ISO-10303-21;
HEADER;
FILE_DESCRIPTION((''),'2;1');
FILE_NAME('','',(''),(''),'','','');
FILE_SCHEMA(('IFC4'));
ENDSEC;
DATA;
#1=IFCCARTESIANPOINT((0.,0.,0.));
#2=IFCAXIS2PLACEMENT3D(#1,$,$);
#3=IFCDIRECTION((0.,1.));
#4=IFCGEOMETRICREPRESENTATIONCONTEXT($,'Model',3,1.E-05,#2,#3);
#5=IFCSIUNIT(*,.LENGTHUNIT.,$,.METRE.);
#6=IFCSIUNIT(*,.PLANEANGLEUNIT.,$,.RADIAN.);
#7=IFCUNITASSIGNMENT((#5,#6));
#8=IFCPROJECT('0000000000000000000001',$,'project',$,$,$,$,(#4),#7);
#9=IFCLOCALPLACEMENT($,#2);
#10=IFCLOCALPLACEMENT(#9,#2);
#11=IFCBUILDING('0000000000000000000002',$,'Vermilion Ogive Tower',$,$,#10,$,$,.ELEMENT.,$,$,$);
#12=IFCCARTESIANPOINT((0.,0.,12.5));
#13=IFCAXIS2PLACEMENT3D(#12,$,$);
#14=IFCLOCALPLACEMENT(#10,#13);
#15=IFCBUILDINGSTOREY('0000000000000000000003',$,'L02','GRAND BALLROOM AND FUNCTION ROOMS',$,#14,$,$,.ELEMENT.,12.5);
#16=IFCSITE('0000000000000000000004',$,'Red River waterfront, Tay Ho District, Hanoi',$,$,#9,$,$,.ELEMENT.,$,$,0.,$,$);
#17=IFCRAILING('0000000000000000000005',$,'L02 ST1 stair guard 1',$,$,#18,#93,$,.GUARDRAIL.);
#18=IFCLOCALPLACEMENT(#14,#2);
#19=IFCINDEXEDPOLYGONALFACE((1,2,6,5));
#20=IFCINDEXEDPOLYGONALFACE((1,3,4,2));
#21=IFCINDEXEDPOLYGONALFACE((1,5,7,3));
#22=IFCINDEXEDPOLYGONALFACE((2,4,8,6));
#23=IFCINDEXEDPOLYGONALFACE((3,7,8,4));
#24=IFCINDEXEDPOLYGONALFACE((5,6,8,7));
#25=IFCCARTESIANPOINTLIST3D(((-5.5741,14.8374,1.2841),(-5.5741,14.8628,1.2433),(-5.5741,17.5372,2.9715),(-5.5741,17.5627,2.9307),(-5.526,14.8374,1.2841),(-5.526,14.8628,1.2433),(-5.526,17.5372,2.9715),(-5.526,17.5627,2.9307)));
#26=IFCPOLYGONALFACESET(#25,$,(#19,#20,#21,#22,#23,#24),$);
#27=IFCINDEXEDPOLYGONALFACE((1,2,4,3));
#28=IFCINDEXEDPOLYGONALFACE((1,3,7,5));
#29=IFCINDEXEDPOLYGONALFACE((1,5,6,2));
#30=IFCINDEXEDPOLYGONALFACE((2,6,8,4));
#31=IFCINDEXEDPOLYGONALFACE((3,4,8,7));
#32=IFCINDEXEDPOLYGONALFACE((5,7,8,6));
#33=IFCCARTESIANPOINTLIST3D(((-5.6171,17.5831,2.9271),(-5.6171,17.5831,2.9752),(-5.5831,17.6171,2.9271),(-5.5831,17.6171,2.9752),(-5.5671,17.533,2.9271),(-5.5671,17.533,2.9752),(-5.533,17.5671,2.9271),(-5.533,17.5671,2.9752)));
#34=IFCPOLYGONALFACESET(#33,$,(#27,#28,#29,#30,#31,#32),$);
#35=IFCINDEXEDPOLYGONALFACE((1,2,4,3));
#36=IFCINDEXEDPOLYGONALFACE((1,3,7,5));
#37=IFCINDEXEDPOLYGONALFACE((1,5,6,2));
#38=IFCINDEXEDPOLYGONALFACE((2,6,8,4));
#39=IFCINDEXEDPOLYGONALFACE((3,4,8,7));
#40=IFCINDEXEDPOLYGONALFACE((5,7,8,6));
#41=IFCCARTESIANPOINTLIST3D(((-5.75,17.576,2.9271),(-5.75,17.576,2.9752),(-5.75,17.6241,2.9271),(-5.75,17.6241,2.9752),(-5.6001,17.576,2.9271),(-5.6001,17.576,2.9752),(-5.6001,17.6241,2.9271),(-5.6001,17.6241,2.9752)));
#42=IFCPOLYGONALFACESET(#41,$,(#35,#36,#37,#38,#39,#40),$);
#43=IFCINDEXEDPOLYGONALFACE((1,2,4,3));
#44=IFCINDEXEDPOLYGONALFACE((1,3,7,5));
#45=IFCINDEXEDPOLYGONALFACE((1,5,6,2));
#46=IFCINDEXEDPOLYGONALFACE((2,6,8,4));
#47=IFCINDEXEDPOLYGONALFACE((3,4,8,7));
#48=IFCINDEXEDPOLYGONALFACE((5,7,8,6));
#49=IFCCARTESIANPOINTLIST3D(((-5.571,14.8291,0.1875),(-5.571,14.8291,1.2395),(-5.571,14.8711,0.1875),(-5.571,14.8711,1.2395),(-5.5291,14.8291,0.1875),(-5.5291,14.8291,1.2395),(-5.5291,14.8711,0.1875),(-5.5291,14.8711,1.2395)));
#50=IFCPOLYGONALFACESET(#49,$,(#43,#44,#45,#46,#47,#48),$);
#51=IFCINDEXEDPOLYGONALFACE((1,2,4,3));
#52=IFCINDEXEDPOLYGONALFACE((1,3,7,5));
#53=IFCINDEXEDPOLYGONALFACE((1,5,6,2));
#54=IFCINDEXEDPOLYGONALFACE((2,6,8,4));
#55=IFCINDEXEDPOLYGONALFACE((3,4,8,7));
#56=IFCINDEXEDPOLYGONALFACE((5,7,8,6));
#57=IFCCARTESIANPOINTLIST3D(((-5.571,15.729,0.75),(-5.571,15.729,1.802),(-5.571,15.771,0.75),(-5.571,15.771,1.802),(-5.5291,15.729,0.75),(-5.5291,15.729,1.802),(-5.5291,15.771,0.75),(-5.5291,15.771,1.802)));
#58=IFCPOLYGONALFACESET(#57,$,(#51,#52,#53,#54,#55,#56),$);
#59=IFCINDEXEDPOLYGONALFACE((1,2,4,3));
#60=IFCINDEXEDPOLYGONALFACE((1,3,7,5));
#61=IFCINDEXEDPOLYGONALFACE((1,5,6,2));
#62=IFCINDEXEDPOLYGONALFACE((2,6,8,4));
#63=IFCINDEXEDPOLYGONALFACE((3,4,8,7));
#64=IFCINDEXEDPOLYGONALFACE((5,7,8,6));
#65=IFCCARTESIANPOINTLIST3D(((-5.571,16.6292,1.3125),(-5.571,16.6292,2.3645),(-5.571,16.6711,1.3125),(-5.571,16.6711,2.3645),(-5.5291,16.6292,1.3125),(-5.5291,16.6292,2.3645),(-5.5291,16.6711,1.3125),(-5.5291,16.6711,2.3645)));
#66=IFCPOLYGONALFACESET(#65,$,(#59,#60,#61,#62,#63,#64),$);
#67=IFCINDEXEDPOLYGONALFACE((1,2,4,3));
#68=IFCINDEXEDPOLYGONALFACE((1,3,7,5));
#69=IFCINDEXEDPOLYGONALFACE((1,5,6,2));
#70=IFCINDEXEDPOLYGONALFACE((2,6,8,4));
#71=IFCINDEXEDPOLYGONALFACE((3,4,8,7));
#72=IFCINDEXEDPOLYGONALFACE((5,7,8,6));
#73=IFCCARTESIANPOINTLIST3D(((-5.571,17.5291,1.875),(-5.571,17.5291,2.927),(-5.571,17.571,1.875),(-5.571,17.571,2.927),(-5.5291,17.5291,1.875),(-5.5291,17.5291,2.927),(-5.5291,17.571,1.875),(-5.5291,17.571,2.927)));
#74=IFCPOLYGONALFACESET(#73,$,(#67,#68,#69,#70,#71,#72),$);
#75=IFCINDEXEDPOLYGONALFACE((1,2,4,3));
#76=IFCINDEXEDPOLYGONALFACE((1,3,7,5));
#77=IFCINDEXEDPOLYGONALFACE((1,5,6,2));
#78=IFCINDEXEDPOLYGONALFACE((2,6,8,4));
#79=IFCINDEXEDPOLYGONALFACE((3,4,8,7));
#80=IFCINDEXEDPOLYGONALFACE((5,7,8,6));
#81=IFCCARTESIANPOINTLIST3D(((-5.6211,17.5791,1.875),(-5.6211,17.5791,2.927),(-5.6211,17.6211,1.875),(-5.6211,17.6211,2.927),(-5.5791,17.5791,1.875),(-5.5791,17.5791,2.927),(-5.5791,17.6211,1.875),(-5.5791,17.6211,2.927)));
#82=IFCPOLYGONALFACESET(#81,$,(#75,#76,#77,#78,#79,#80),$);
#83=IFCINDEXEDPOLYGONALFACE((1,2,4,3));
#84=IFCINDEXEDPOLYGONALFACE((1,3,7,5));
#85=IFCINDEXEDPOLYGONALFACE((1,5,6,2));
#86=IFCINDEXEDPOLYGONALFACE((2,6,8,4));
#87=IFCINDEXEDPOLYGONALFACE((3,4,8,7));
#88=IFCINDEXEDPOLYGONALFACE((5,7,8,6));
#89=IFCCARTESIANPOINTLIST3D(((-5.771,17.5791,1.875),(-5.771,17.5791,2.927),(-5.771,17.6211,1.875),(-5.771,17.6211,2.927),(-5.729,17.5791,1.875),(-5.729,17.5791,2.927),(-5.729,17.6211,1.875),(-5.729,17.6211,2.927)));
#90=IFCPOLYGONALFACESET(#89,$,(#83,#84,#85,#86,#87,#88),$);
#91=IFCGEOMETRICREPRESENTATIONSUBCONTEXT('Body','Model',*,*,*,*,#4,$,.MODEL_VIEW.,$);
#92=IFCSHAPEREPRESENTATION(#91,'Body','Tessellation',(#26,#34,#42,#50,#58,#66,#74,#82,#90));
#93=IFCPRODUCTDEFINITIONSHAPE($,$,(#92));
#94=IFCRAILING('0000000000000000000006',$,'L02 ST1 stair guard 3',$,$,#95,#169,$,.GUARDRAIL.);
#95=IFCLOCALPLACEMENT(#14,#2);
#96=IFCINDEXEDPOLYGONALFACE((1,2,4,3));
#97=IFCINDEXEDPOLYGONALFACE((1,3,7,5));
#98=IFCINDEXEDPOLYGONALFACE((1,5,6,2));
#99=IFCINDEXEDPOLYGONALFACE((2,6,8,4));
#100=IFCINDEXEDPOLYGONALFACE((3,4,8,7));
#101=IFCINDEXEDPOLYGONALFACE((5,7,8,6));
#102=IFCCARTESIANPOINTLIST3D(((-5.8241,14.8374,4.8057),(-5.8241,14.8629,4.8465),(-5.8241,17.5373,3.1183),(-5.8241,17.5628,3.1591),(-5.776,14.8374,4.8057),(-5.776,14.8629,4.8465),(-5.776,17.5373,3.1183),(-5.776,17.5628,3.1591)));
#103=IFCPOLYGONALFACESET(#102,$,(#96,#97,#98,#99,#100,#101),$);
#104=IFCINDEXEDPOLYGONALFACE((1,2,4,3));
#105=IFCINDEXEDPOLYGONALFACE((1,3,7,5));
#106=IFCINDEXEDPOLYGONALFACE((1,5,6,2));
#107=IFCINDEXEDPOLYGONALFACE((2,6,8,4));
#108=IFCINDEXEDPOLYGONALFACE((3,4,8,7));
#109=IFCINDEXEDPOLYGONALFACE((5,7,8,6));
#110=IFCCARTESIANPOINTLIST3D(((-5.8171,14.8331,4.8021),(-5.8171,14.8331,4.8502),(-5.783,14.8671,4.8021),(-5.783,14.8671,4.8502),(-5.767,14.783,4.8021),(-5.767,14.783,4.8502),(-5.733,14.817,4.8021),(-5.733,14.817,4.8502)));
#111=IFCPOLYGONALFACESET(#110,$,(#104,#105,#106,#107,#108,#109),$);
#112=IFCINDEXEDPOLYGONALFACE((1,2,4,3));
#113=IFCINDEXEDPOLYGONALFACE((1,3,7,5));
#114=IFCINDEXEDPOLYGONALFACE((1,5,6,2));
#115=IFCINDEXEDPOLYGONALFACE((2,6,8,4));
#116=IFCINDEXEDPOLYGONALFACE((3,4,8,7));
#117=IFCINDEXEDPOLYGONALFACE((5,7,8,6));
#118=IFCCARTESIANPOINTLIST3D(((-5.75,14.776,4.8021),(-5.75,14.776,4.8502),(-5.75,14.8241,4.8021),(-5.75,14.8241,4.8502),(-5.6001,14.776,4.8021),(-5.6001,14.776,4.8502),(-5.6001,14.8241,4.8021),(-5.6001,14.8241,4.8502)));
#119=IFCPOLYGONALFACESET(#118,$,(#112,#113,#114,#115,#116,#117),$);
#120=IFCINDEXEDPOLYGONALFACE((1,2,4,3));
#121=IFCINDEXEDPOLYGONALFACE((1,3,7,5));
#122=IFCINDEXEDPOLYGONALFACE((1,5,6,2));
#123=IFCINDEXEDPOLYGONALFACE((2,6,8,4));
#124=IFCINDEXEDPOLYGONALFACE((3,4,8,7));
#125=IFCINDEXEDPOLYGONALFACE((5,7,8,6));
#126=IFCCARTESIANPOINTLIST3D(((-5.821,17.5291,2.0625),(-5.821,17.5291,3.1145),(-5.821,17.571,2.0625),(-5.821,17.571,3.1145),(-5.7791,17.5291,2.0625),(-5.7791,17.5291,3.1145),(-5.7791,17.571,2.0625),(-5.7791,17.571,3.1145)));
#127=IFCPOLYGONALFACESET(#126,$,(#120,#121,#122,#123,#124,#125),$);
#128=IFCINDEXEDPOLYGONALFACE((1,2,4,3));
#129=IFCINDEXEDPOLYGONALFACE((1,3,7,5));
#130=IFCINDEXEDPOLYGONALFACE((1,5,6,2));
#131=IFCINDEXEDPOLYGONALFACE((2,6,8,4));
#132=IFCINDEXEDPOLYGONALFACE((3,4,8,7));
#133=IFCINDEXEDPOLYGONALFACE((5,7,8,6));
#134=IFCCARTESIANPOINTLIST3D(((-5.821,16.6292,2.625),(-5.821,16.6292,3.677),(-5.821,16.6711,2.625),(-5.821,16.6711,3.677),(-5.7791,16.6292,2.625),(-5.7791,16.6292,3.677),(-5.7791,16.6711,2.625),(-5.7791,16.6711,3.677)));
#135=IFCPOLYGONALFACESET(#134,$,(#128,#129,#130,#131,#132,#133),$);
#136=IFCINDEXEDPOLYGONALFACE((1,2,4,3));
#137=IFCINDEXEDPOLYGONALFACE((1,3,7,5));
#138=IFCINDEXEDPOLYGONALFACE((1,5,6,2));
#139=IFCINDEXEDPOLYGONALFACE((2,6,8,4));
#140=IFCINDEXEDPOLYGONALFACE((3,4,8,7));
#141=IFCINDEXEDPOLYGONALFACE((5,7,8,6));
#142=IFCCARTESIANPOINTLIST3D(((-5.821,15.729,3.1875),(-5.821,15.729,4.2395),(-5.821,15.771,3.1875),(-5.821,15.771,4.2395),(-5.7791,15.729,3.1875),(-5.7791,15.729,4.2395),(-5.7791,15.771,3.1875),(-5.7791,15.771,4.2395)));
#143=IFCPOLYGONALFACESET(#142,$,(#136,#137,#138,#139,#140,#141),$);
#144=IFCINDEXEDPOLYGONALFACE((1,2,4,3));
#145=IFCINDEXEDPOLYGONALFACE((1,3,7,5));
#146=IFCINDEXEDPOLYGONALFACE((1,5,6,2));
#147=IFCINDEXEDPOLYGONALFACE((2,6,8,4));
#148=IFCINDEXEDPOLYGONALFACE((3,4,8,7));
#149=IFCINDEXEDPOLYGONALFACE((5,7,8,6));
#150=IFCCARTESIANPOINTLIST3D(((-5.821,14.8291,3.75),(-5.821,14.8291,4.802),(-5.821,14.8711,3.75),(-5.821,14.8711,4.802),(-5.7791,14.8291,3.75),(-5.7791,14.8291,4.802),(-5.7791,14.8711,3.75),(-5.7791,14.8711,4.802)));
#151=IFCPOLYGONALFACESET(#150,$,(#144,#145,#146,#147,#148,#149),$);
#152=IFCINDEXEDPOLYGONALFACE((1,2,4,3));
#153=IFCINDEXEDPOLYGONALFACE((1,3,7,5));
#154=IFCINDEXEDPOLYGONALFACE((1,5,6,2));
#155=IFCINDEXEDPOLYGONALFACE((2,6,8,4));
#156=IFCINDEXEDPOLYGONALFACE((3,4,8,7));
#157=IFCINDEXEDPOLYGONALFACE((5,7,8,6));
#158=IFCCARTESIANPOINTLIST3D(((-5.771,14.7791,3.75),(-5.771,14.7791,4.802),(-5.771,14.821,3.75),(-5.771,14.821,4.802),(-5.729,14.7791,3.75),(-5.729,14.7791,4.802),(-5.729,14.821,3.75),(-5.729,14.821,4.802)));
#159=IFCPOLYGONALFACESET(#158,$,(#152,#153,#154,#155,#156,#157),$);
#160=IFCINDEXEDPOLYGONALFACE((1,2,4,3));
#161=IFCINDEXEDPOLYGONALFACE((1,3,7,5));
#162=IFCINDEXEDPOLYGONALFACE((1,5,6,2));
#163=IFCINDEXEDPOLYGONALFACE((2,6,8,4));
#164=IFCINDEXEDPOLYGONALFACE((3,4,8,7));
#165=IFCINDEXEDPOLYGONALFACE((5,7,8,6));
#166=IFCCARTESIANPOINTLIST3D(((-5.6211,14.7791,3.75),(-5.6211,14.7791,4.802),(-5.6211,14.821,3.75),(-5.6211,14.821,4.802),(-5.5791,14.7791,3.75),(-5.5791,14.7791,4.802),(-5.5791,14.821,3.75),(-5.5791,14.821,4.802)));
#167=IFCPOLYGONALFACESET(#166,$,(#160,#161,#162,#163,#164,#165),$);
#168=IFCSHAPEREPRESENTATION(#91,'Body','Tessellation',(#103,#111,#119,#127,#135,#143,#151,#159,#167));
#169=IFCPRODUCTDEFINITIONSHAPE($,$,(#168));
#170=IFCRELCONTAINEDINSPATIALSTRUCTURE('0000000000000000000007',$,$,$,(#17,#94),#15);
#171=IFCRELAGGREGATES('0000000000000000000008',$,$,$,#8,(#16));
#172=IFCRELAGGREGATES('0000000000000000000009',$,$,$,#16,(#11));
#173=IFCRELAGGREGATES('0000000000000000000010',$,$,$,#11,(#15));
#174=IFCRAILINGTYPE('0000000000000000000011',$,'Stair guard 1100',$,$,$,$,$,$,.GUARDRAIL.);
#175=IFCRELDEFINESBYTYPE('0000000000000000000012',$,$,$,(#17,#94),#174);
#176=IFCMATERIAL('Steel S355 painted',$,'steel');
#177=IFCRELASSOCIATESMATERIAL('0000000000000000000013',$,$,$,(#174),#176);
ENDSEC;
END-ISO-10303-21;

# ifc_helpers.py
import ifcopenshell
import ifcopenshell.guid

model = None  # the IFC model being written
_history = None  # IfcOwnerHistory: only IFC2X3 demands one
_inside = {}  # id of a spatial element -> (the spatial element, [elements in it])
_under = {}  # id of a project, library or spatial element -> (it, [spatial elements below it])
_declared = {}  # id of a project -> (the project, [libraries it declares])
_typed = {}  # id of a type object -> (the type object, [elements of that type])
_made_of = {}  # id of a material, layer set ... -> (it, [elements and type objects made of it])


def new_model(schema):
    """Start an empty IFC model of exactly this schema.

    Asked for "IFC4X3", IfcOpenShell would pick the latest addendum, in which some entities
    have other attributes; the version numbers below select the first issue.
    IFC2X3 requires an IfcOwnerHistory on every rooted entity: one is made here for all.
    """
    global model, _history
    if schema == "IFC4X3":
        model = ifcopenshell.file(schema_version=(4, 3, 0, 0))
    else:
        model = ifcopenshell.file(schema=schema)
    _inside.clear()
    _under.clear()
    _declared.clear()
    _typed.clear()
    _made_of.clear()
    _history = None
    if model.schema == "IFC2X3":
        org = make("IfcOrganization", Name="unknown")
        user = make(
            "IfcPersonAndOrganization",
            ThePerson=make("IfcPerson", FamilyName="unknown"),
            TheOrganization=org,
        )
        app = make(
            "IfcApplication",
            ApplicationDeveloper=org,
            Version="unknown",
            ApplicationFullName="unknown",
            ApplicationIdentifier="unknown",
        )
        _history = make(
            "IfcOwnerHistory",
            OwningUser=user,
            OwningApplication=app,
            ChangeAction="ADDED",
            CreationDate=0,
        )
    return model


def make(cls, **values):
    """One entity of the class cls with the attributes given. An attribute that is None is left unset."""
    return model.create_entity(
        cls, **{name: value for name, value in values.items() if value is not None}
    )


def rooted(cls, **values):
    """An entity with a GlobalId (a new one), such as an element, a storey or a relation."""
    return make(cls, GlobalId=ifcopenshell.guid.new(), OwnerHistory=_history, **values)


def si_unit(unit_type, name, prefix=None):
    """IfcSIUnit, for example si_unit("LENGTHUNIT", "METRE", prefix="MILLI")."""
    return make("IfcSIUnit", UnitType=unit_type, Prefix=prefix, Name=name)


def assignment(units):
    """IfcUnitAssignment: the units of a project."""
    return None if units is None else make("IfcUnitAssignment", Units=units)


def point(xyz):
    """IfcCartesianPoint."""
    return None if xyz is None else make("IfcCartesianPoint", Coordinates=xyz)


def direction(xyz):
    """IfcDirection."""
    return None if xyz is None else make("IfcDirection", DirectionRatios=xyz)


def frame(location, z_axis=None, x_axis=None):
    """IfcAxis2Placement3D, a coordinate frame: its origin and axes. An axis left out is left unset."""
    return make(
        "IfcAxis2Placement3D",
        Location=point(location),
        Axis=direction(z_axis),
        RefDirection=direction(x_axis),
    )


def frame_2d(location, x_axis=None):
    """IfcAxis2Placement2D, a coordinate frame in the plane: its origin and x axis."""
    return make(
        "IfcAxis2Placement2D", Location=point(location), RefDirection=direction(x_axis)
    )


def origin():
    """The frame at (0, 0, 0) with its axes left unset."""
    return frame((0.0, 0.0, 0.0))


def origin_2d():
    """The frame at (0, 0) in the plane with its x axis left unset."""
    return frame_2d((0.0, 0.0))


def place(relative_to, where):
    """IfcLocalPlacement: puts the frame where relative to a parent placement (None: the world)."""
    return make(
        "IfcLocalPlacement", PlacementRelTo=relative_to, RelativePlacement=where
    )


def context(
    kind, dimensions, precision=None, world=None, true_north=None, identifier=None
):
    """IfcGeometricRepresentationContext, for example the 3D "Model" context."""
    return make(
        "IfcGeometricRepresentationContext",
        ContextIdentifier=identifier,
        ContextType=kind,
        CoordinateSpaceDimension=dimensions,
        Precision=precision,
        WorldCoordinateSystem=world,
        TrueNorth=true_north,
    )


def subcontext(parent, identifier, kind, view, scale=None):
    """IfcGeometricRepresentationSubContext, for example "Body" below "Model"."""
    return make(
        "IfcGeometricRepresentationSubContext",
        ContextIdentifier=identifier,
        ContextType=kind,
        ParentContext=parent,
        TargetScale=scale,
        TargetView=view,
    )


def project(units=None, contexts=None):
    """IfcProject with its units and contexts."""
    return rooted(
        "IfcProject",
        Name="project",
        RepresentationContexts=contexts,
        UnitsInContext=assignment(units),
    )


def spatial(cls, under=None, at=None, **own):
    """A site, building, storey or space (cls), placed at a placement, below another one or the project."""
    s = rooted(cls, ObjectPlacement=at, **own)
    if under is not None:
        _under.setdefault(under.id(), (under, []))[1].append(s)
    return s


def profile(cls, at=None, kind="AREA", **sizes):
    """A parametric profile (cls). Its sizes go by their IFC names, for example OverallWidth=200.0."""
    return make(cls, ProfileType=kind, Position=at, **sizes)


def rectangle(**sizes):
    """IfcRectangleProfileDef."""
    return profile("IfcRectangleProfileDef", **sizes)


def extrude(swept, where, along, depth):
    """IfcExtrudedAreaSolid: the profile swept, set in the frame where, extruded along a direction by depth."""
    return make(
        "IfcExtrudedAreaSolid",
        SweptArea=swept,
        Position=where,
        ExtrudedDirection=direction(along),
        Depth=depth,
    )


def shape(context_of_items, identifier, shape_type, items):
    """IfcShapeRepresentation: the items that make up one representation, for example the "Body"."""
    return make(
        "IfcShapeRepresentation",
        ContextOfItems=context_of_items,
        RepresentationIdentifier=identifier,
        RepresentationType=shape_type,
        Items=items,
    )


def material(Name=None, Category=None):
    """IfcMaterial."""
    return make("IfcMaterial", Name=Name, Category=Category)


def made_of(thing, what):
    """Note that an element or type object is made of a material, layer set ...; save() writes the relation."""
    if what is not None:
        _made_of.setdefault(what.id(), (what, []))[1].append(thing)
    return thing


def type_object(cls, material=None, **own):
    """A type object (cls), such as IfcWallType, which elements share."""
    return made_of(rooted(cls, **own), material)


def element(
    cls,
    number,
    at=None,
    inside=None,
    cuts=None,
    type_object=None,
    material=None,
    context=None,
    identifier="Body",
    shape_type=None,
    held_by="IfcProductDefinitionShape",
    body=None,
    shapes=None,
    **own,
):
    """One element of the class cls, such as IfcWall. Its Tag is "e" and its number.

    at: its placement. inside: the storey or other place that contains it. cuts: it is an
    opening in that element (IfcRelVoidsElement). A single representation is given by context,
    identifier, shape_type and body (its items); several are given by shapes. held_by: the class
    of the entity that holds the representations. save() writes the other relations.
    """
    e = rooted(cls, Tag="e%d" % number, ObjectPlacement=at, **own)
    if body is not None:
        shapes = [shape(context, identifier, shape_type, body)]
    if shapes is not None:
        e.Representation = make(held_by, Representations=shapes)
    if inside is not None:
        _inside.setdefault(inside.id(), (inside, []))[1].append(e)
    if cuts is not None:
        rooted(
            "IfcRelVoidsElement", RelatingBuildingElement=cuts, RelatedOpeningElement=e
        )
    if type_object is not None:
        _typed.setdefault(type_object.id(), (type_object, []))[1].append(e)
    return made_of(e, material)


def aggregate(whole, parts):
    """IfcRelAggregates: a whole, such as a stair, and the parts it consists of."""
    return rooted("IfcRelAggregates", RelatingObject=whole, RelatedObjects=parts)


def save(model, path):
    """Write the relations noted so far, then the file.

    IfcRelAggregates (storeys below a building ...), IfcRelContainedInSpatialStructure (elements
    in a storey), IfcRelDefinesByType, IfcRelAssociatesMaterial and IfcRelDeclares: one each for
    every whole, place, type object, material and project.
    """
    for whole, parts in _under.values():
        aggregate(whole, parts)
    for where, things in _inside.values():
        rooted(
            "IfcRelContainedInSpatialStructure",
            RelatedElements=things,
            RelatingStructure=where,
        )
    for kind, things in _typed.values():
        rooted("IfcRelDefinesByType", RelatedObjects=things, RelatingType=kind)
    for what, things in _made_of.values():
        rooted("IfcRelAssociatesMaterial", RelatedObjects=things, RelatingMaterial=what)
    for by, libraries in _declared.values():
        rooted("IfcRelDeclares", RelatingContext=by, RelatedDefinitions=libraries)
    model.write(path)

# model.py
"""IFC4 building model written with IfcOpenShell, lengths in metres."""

from ifc_helpers import new_model, si_unit, direction, frame, origin, origin_2d, place, context, subcontext, project, spatial, rectangle, extrude, material, type_object, element, save


model = new_model("IFC4")

# Units and contexts
model_context = context("Model", 3, precision=1e-05, world=origin(), true_north=direction((0.0, 1.0)))
body_context = subcontext(model_context, "Body", "Model", "MODEL_VIEW")
ifc_project = project(units=[si_unit("LENGTHUNIT", "METRE"), si_unit("PLANEANGLEUNIT", "RADIAN")], contexts=[model_context])

# Site, building, storey
site_placement = place(None, origin())
site = spatial("IfcSite", under=ifc_project, at=site_placement, Name="Red River waterfront, Tay Ho District, Hanoi", CompositionType="ELEMENT", RefElevation=0.0)
building_placement = place(site_placement, origin())
building = spatial("IfcBuilding", under=site, at=building_placement, Name="Vermilion Ogive Tower", CompositionType="ELEMENT")
storey_placement = place(building_placement, frame((0.0, 0.0, 12.5)))
storey = spatial("IfcBuildingStorey", under=building, at=storey_placement, Name="L02", Description="GRAND BALLROOM AND FUNCTION ROOMS", CompositionType="ELEMENT", Elevation=12.5)

# Railings
ifc_material_1 = material(Name="Steel S355 painted", Category="steel")
railing_type_1 = type_object("IfcRailingType", Name="Stair guard 1100", PredefinedType="GUARDRAIL", material=ifc_material_1)
railing_1_placement = place(storey_placement, frame((-5.55, 14.8501, 0.1875)))
element("IfcRailing", 1, at=railing_1_placement, inside=storey, type_object=railing_type_1, Name="L02 ST1 stair guard 1", PredefinedType="GUARDRAIL", context=body_context, shape_type="SweptSolid", body=[
    extrude(rectangle(XDim=0.0481, YDim=0.0481, at=origin_2d()), frame((0.0, 0.0, 1.0762), z_axis=(0.0, 0.847994, 0.530006), x_axis=(-1.0, 0.0, 0.0)), (0.0, 0.0, 1.0), 3.1838),
    extrude(rectangle(XDim=0.0481, YDim=0.0481, at=origin_2d()), frame((0.0, 2.7, 2.7637), z_axis=(-0.707107, 0.707107, 0.0), x_axis=(-0.707107, -0.707107, 0.0)), (0.0, 0.0, 1.0), 0.0708),
    extrude(rectangle(XDim=0.0481, YDim=0.0481, at=origin_2d()), frame((-0.05, 2.75, 2.7637), z_axis=(-1.0, 0.0, 0.0), x_axis=(0.0, -1.0, 0.0)), (0.0, 0.0, 1.0), 0.1499),
    extrude(rectangle(XDim=0.042, YDim=0.042, at=origin_2d()), origin(), (0.0, 0.0, 1.0), 1.052),
    extrude(rectangle(XDim=0.042, YDim=0.042, at=origin_2d()), frame((0.0, 0.8999, 0.5625)), (0.0, 0.0, 1.0), 1.052),
    extrude(rectangle(XDim=0.042, YDim=0.042, at=origin_2d()), frame((0.0, 1.8, 1.125)), (0.0, 0.0, 1.0), 1.052),
    extrude(rectangle(XDim=0.042, YDim=0.042, at=origin_2d()), frame((0.0, 2.7, 1.6875)), (0.0, 0.0, 1.0), 1.052),
    extrude(rectangle(XDim=0.042, YDim=0.042, at=origin_2d()), frame((-0.05, 2.75, 1.6875)), (0.0, 0.0, 1.0), 1.052),
    extrude(rectangle(XDim=0.042, YDim=0.042, at=origin_2d()), frame((-0.2, 2.75, 1.6875)), (0.0, 0.0, 1.0), 1.052),
])
railing_2_placement = place(storey_placement, frame((-5.8, 17.55, 2.0625)))
element("IfcRailing", 2, at=railing_2_placement, inside=storey, type_object=railing_type_1, Name="L02 ST1 stair guard 3", PredefinedType="GUARDRAIL", context=body_context, shape_type="SweptSolid", body=[
    extrude(rectangle(XDim=0.0481, YDim=0.0481, at=origin_2d()), frame((0.0, 0.0, 1.0762), z_axis=(0.0, -0.847994, 0.530006), x_axis=(1.0, 0.0, 0.0)), (0.0, 0.0, 1.0), 3.1838),
    extrude(rectangle(XDim=0.0481, YDim=0.0481, at=origin_2d()), frame((0.0, -2.7, 2.7637), z_axis=(0.707107, -0.707107, 0.0), x_axis=(0.707107, 0.707107, 0.0)), (0.0, 0.0, 1.0), 0.0708),
    extrude(rectangle(XDim=0.0481, YDim=0.0481, at=origin_2d()), frame((0.05, -2.75, 2.7637), z_axis=(1.0, 0.0, 0.0), x_axis=(0.0, 1.0, 0.0)), (0.0, 0.0, 1.0), 0.1499),
    extrude(rectangle(XDim=0.042, YDim=0.042, at=origin_2d()), origin(), (0.0, 0.0, 1.0), 1.052),
    extrude(rectangle(XDim=0.042, YDim=0.042, at=origin_2d()), frame((0.0, -0.8999, 0.5625)), (0.0, 0.0, 1.0), 1.052),
    extrude(rectangle(XDim=0.042, YDim=0.042, at=origin_2d()), frame((0.0, -1.8, 1.125)), (0.0, 0.0, 1.0), 1.052),
    extrude(rectangle(XDim=0.042, YDim=0.042, at=origin_2d()), frame((0.0, -2.7, 1.6875)), (0.0, 0.0, 1.0), 1.052),
    extrude(rectangle(XDim=0.042, YDim=0.042, at=origin_2d()), frame((0.05, -2.75, 1.6875)), (0.0, 0.0, 1.0), 1.052),
    extrude(rectangle(XDim=0.042, YDim=0.042, at=origin_2d()), frame((0.2, -2.75, 1.6875)), (0.0, 0.0, 1.0), 1.052),
])

save(model, "model.ifc")
